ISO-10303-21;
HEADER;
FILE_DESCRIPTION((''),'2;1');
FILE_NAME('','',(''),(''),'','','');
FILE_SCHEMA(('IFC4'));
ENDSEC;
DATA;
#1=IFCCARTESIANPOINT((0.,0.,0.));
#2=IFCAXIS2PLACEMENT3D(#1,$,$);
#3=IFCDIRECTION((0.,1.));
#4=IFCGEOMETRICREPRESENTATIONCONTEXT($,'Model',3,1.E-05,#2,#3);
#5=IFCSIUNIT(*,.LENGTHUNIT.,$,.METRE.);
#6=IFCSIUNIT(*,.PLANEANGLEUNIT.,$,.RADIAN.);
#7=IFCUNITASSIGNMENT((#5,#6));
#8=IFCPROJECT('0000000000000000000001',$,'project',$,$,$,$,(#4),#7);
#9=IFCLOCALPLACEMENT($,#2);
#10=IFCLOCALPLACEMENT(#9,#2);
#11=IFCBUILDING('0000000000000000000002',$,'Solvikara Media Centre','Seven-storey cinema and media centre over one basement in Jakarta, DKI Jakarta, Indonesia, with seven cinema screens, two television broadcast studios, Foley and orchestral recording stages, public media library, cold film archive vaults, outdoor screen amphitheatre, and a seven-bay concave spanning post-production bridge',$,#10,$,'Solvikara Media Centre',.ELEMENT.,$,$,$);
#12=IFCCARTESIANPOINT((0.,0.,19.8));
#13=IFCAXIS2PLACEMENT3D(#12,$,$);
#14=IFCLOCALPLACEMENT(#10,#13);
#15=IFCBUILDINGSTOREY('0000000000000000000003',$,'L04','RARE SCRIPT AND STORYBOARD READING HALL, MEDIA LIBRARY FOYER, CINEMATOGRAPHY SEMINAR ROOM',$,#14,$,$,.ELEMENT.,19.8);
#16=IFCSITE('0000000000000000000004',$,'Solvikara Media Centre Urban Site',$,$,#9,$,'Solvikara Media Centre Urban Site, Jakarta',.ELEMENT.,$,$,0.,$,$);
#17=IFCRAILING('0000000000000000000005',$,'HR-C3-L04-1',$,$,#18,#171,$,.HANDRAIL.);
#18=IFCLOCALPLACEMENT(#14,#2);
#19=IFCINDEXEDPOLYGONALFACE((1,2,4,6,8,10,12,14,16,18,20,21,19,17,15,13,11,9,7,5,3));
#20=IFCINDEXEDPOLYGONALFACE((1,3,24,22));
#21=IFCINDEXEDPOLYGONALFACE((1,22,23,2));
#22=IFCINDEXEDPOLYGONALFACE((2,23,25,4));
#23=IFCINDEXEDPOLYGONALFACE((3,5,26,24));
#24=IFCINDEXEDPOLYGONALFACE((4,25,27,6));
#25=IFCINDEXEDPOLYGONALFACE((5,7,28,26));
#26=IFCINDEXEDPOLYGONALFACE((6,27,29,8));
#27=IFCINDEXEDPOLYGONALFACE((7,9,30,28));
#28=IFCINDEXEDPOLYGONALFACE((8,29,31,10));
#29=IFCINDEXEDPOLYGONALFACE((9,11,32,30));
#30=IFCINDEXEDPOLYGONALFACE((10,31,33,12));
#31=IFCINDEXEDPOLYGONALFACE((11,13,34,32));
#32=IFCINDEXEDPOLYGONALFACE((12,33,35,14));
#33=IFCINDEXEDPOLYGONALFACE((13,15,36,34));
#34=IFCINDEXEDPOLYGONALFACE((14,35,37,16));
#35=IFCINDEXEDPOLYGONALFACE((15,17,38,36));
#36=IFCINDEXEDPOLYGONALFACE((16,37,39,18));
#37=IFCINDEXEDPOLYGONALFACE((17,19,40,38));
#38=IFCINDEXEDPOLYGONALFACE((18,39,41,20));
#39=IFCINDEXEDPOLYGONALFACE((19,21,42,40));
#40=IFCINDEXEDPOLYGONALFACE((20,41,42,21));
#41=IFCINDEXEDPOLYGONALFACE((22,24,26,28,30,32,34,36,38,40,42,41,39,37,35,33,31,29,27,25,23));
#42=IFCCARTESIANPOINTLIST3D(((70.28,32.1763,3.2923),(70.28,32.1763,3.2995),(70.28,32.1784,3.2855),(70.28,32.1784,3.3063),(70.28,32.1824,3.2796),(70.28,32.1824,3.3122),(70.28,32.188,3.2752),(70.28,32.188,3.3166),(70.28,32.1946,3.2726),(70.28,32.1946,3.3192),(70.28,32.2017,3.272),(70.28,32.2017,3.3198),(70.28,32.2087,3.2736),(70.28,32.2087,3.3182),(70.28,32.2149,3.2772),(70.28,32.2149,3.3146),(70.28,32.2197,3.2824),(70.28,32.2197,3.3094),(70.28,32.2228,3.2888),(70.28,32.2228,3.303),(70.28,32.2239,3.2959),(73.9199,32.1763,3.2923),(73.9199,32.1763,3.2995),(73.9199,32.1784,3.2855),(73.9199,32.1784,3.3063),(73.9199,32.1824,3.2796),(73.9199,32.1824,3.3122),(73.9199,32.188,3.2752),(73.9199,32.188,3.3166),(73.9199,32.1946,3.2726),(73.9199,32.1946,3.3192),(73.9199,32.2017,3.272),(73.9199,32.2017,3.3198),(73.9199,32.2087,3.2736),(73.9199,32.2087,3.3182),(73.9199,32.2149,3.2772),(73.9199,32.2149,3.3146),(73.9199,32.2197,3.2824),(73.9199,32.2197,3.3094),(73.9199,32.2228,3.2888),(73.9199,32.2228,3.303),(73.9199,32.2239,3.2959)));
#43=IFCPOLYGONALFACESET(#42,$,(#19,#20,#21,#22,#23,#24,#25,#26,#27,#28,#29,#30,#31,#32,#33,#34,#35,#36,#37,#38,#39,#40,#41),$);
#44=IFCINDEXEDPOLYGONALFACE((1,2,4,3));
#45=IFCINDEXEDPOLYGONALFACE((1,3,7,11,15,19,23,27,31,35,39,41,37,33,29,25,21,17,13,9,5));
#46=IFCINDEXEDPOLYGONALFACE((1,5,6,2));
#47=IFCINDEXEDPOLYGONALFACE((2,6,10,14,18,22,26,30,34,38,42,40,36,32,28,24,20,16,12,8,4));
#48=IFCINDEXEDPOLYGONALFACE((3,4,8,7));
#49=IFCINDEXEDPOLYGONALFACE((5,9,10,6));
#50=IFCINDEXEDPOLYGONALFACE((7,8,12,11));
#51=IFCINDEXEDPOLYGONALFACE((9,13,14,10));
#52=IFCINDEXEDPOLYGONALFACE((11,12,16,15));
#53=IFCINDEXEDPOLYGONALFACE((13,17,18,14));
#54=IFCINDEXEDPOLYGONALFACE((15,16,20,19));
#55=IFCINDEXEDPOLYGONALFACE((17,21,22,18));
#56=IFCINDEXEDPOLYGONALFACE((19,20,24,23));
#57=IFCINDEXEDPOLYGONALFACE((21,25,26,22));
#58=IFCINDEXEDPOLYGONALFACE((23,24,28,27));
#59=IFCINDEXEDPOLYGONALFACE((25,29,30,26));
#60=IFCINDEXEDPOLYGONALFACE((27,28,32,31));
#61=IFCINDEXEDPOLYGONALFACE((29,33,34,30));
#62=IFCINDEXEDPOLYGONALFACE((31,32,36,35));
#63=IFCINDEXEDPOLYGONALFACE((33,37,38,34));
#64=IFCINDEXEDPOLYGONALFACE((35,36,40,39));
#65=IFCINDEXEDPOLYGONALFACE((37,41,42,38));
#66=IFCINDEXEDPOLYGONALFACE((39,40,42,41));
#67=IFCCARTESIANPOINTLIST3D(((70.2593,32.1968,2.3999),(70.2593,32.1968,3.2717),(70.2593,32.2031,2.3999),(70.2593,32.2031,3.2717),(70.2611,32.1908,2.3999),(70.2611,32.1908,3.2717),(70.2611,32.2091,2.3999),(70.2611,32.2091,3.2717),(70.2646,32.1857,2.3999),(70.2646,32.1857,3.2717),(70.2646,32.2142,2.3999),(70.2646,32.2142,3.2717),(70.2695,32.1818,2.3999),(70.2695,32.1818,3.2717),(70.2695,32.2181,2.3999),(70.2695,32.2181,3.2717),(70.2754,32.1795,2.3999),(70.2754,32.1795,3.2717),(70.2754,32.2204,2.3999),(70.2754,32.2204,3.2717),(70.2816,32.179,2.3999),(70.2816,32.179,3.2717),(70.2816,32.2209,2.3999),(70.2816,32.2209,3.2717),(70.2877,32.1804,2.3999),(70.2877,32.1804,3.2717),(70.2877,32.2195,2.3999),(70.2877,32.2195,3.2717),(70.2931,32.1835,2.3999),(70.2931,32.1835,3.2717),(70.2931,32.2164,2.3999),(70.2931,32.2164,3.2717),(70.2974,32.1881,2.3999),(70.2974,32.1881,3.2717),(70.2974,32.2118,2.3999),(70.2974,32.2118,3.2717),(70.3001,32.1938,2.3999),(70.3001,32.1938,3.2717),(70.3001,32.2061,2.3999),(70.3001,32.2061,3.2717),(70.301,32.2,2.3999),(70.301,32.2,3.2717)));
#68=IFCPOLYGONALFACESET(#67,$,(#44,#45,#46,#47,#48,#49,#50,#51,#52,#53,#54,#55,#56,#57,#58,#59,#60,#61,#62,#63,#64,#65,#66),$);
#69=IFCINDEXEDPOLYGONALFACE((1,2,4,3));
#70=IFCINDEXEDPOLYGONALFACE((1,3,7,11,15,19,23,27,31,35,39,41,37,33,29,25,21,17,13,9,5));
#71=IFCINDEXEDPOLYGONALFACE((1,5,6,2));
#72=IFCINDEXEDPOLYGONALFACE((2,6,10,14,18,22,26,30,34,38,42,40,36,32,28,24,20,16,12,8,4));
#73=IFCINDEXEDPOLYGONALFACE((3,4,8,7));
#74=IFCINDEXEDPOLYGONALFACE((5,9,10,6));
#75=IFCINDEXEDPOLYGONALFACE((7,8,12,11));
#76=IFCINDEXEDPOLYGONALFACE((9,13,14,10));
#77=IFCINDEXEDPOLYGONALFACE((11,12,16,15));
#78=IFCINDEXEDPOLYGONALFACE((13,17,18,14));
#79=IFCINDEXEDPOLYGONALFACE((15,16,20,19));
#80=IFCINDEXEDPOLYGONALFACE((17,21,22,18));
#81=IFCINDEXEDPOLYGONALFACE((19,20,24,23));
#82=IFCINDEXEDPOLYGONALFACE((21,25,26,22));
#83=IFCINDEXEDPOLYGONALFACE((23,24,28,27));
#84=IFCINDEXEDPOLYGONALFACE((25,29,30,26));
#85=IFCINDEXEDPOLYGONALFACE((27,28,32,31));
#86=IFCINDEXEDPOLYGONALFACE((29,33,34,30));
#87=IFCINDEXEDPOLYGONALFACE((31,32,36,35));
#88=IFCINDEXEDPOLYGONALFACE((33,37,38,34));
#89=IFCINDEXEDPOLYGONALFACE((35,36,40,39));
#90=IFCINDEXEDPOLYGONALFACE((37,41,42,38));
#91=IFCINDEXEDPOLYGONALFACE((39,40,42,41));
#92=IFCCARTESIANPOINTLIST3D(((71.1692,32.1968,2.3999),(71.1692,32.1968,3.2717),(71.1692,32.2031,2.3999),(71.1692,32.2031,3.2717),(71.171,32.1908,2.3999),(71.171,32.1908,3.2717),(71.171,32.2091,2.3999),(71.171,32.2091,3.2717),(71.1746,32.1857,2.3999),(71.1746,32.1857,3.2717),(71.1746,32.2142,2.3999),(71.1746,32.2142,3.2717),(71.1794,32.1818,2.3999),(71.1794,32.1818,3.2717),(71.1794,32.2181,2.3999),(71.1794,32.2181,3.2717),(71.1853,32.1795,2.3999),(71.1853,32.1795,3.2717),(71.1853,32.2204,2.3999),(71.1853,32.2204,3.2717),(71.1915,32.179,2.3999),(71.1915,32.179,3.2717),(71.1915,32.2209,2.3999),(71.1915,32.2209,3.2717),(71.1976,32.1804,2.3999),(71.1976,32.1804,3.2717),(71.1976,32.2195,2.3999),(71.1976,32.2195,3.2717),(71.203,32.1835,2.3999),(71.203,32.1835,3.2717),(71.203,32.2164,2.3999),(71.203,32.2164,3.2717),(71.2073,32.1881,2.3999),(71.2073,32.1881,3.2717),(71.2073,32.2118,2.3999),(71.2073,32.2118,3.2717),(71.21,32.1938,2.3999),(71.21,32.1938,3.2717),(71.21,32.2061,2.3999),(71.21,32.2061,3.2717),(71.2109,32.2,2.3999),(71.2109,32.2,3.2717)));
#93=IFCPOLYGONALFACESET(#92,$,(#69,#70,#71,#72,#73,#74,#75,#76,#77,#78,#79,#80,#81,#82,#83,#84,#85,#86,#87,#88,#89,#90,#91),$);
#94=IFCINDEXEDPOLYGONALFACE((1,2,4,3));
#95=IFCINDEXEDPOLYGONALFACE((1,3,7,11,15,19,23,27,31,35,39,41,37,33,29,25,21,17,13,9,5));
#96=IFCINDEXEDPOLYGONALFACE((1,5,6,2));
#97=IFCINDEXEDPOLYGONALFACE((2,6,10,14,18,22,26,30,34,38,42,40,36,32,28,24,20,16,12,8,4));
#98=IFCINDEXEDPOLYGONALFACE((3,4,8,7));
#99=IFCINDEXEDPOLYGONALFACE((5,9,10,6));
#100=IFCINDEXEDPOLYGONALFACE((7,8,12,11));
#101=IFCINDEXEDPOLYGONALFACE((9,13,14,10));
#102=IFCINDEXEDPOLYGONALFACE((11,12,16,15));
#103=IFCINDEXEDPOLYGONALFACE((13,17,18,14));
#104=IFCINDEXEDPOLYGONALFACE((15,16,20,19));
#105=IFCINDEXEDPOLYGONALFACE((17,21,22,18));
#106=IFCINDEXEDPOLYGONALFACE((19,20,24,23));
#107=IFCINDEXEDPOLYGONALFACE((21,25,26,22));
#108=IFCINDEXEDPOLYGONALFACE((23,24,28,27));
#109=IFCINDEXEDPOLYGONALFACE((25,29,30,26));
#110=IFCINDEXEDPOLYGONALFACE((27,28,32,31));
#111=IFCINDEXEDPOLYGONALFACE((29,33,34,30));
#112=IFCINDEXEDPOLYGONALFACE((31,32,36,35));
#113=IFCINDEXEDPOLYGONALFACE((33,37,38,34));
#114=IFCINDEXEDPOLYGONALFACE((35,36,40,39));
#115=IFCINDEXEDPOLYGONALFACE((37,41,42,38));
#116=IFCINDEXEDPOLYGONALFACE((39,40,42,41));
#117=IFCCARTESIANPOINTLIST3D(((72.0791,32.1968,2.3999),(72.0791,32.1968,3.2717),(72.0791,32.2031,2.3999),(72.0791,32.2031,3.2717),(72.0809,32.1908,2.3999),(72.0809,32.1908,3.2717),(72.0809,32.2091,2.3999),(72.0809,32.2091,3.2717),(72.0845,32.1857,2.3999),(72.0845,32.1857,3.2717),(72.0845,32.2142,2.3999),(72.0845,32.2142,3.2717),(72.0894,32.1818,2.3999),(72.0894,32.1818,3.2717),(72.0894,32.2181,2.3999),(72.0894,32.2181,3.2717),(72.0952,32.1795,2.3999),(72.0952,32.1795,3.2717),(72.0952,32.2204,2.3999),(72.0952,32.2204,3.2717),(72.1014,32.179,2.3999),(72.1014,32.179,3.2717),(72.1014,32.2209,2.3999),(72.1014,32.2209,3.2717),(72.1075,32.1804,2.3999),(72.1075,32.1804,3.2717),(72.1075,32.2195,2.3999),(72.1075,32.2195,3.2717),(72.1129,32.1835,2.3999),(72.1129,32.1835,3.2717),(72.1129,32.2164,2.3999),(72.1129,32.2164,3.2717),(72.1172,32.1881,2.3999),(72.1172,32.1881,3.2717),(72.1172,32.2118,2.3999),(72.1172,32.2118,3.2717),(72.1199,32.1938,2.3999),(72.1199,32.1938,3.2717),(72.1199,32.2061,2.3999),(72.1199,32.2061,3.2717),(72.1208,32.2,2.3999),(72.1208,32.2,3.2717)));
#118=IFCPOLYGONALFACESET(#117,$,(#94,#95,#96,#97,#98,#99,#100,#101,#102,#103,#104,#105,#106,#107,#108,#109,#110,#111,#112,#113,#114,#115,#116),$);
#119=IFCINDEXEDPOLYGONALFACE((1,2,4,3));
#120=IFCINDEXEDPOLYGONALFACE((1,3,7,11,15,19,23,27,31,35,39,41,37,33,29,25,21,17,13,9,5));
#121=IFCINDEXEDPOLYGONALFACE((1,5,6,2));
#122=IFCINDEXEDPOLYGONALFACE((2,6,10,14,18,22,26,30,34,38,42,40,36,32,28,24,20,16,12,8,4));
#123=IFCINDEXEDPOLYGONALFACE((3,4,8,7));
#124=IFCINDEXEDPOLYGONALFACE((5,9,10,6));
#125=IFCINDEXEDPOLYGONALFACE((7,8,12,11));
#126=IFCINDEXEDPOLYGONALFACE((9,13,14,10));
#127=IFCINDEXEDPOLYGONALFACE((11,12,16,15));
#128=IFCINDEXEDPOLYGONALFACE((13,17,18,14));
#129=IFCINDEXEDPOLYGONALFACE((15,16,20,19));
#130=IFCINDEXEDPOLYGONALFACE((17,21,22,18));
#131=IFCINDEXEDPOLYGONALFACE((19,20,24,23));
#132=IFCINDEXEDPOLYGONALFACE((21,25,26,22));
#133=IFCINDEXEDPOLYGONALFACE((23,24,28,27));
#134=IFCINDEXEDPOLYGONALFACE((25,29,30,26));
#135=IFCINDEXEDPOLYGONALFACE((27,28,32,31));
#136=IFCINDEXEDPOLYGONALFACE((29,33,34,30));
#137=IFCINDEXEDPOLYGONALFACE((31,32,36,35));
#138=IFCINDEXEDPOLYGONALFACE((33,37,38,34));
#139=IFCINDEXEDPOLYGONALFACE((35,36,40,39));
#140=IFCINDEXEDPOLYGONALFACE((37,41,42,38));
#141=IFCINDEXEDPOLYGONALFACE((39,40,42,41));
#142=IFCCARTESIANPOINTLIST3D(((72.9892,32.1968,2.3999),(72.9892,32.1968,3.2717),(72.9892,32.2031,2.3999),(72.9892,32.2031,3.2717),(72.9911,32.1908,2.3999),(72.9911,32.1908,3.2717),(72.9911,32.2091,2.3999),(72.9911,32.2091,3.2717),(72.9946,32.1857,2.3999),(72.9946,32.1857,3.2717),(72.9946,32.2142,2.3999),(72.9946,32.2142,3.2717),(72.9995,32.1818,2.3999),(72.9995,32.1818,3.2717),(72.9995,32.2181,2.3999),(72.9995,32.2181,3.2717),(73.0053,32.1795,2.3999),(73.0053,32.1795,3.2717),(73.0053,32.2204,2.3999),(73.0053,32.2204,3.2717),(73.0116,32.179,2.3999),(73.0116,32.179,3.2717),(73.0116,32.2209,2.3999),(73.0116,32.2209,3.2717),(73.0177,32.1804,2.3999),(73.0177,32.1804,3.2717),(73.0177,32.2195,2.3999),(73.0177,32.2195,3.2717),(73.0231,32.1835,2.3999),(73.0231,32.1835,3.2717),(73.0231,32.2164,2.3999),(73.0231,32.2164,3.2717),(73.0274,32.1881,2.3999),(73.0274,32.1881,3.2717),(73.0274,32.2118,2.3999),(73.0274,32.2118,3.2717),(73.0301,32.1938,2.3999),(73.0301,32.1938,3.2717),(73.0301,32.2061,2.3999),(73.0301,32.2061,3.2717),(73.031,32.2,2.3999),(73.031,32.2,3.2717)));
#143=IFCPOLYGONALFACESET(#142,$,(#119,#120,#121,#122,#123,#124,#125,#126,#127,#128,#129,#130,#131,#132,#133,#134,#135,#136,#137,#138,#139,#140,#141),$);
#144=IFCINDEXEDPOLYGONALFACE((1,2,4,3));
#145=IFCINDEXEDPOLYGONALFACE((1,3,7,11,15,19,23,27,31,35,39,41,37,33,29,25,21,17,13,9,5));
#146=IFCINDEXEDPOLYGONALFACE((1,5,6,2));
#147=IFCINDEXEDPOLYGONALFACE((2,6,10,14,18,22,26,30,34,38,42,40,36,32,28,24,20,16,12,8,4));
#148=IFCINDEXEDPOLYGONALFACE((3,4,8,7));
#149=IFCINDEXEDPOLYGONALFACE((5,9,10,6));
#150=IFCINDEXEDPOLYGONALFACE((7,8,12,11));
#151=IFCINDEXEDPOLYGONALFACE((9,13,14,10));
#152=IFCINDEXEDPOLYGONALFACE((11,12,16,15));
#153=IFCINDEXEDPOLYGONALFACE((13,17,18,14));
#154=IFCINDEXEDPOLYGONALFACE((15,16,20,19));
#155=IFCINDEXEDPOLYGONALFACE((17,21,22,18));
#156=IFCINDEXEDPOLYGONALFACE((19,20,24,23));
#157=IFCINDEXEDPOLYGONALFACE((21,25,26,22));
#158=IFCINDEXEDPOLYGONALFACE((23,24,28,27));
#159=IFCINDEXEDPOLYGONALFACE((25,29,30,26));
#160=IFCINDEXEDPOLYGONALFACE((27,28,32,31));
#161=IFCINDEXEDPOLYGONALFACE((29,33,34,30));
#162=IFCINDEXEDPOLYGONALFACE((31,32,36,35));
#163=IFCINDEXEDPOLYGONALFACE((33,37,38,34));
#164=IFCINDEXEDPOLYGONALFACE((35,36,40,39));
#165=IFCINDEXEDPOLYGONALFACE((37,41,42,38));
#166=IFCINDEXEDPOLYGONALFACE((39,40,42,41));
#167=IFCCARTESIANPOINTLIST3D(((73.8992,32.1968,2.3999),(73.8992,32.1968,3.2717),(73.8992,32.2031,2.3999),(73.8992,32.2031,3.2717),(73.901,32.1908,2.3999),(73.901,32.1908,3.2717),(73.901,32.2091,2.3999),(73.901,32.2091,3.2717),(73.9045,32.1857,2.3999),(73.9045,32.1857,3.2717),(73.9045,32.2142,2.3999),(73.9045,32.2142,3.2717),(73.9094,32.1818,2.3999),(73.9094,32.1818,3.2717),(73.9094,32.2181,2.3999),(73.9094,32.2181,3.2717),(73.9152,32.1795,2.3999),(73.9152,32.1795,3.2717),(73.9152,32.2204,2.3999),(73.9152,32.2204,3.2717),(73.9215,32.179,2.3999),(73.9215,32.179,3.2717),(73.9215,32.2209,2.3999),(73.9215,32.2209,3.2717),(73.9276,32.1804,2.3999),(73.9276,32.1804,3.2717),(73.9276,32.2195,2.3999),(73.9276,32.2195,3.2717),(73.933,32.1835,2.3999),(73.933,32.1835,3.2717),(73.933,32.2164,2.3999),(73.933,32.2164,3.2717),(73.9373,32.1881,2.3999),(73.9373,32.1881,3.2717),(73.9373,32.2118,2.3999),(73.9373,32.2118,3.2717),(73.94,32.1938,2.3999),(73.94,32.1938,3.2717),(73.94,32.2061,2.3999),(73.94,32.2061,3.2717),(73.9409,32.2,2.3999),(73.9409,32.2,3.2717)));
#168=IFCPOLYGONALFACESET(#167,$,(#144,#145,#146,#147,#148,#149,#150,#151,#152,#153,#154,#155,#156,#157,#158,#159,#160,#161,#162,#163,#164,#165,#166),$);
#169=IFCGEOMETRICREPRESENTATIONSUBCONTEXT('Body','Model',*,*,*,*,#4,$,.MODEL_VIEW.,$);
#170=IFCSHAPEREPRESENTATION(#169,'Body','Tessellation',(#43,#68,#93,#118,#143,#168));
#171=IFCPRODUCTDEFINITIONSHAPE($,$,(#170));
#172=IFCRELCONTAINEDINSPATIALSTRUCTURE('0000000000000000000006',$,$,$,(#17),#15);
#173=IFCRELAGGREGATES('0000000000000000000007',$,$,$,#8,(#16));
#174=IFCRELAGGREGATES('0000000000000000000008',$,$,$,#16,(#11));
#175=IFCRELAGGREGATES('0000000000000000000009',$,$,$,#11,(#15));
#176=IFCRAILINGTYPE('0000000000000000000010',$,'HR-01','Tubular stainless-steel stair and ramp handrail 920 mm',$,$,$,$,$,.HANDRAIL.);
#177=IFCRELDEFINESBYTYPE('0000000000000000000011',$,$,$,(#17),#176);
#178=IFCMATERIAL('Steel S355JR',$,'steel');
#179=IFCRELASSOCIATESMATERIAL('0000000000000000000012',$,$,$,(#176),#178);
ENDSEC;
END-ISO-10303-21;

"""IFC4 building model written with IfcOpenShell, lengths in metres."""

from ifc_helpers import new_model, si_unit, direction, frame, origin, origin_2d, place, context, subcontext, project, spatial, circle, extrude, material, type_object, element, save


model = new_model("IFC4")

# Units and contexts
model_context = context("Model", 3, precision=1e-05, world=origin(), true_north=direction((0.0, 1.0)))
body_context = subcontext(model_context, "Body", "Model", "MODEL_VIEW")
ifc_project = project(units=[si_unit("LENGTHUNIT", "METRE"), si_unit("PLANEANGLEUNIT", "RADIAN")], contexts=[model_context])

# Site, building, storey
site_placement = place(None, origin())
site = spatial("IfcSite", under=ifc_project, at=site_placement, Name="Solvikara Media Centre Urban Site", LongName="Solvikara Media Centre Urban Site, Jakarta", CompositionType="ELEMENT", RefElevation=0.0)
building_placement = place(site_placement, origin())
building = spatial("IfcBuilding", under=site, at=building_placement, Name="Solvikara Media Centre", Description="Seven-storey cinema and media centre over one basement in Jakarta, DKI Jakarta, Indonesia, with seven cinema screens, two television broadcast studios, Foley and orchestral recording stages, public media library, cold film archive vaults, outdoor screen amphitheatre, and a seven-bay concave spanning post-production bridge", LongName="Solvikara Media Centre", CompositionType="ELEMENT")
storey_placement = place(building_placement, frame((0.0, 0.0, 19.8)))
storey = spatial("IfcBuildingStorey", under=building, at=storey_placement, Name="L04", Description="RARE SCRIPT AND STORYBOARD READING HALL, MEDIA LIBRARY FOYER, CINEMATOGRAPHY SEMINAR ROOM", CompositionType="ELEMENT", Elevation=19.8)

# Shared definitions
ifc_material_1 = material(Name="Steel S355JR", Category="steel")

# Railing
railing_type_1 = type_object("IfcRailingType", Name="HR-01", Description="Tubular stainless-steel stair and ramp handrail 920 mm", PredefinedType="HANDRAIL", material=ifc_material_1)
railing_1_placement = place(storey_placement, frame((70.28, 32.2, 2.3999)))
element("IfcRailing", 1, at=railing_1_placement, inside=storey, type_object=railing_type_1, Name="HR-C3-L04-1", PredefinedType="HANDRAIL", context=body_context, shape_type="SweptSolid", body=[
    extrude(circle(Radius=0.0239, at=origin_2d()), frame((0.0, 0.0, 0.896), z_axis=(1.0, 0.0, 0.0), x_axis=(0.0, 1.0, 0.0)), (0.0, 0.0, 1.0), 3.6399),
    extrude(circle(Radius=0.021, at=origin_2d()), origin(), (0.0, 0.0, 1.0), 0.8718),
    extrude(circle(Radius=0.021, at=origin_2d()), frame((0.9099, 0.0, 0.0)), (0.0, 0.0, 1.0), 0.8718),
    extrude(circle(Radius=0.021, at=origin_2d()), frame((1.8198, 0.0, 0.0)), (0.0, 0.0, 1.0), 0.8718),
    extrude(circle(Radius=0.021, at=origin_2d()), frame((2.73, 0.0, 0.0)), (0.0, 0.0, 1.0), 0.8718),
    extrude(circle(Radius=0.021, at=origin_2d()), frame((3.6399, 0.0, 0.0)), (0.0, 0.0, 1.0), 0.8718),
])

save(model, "model.ifc")
